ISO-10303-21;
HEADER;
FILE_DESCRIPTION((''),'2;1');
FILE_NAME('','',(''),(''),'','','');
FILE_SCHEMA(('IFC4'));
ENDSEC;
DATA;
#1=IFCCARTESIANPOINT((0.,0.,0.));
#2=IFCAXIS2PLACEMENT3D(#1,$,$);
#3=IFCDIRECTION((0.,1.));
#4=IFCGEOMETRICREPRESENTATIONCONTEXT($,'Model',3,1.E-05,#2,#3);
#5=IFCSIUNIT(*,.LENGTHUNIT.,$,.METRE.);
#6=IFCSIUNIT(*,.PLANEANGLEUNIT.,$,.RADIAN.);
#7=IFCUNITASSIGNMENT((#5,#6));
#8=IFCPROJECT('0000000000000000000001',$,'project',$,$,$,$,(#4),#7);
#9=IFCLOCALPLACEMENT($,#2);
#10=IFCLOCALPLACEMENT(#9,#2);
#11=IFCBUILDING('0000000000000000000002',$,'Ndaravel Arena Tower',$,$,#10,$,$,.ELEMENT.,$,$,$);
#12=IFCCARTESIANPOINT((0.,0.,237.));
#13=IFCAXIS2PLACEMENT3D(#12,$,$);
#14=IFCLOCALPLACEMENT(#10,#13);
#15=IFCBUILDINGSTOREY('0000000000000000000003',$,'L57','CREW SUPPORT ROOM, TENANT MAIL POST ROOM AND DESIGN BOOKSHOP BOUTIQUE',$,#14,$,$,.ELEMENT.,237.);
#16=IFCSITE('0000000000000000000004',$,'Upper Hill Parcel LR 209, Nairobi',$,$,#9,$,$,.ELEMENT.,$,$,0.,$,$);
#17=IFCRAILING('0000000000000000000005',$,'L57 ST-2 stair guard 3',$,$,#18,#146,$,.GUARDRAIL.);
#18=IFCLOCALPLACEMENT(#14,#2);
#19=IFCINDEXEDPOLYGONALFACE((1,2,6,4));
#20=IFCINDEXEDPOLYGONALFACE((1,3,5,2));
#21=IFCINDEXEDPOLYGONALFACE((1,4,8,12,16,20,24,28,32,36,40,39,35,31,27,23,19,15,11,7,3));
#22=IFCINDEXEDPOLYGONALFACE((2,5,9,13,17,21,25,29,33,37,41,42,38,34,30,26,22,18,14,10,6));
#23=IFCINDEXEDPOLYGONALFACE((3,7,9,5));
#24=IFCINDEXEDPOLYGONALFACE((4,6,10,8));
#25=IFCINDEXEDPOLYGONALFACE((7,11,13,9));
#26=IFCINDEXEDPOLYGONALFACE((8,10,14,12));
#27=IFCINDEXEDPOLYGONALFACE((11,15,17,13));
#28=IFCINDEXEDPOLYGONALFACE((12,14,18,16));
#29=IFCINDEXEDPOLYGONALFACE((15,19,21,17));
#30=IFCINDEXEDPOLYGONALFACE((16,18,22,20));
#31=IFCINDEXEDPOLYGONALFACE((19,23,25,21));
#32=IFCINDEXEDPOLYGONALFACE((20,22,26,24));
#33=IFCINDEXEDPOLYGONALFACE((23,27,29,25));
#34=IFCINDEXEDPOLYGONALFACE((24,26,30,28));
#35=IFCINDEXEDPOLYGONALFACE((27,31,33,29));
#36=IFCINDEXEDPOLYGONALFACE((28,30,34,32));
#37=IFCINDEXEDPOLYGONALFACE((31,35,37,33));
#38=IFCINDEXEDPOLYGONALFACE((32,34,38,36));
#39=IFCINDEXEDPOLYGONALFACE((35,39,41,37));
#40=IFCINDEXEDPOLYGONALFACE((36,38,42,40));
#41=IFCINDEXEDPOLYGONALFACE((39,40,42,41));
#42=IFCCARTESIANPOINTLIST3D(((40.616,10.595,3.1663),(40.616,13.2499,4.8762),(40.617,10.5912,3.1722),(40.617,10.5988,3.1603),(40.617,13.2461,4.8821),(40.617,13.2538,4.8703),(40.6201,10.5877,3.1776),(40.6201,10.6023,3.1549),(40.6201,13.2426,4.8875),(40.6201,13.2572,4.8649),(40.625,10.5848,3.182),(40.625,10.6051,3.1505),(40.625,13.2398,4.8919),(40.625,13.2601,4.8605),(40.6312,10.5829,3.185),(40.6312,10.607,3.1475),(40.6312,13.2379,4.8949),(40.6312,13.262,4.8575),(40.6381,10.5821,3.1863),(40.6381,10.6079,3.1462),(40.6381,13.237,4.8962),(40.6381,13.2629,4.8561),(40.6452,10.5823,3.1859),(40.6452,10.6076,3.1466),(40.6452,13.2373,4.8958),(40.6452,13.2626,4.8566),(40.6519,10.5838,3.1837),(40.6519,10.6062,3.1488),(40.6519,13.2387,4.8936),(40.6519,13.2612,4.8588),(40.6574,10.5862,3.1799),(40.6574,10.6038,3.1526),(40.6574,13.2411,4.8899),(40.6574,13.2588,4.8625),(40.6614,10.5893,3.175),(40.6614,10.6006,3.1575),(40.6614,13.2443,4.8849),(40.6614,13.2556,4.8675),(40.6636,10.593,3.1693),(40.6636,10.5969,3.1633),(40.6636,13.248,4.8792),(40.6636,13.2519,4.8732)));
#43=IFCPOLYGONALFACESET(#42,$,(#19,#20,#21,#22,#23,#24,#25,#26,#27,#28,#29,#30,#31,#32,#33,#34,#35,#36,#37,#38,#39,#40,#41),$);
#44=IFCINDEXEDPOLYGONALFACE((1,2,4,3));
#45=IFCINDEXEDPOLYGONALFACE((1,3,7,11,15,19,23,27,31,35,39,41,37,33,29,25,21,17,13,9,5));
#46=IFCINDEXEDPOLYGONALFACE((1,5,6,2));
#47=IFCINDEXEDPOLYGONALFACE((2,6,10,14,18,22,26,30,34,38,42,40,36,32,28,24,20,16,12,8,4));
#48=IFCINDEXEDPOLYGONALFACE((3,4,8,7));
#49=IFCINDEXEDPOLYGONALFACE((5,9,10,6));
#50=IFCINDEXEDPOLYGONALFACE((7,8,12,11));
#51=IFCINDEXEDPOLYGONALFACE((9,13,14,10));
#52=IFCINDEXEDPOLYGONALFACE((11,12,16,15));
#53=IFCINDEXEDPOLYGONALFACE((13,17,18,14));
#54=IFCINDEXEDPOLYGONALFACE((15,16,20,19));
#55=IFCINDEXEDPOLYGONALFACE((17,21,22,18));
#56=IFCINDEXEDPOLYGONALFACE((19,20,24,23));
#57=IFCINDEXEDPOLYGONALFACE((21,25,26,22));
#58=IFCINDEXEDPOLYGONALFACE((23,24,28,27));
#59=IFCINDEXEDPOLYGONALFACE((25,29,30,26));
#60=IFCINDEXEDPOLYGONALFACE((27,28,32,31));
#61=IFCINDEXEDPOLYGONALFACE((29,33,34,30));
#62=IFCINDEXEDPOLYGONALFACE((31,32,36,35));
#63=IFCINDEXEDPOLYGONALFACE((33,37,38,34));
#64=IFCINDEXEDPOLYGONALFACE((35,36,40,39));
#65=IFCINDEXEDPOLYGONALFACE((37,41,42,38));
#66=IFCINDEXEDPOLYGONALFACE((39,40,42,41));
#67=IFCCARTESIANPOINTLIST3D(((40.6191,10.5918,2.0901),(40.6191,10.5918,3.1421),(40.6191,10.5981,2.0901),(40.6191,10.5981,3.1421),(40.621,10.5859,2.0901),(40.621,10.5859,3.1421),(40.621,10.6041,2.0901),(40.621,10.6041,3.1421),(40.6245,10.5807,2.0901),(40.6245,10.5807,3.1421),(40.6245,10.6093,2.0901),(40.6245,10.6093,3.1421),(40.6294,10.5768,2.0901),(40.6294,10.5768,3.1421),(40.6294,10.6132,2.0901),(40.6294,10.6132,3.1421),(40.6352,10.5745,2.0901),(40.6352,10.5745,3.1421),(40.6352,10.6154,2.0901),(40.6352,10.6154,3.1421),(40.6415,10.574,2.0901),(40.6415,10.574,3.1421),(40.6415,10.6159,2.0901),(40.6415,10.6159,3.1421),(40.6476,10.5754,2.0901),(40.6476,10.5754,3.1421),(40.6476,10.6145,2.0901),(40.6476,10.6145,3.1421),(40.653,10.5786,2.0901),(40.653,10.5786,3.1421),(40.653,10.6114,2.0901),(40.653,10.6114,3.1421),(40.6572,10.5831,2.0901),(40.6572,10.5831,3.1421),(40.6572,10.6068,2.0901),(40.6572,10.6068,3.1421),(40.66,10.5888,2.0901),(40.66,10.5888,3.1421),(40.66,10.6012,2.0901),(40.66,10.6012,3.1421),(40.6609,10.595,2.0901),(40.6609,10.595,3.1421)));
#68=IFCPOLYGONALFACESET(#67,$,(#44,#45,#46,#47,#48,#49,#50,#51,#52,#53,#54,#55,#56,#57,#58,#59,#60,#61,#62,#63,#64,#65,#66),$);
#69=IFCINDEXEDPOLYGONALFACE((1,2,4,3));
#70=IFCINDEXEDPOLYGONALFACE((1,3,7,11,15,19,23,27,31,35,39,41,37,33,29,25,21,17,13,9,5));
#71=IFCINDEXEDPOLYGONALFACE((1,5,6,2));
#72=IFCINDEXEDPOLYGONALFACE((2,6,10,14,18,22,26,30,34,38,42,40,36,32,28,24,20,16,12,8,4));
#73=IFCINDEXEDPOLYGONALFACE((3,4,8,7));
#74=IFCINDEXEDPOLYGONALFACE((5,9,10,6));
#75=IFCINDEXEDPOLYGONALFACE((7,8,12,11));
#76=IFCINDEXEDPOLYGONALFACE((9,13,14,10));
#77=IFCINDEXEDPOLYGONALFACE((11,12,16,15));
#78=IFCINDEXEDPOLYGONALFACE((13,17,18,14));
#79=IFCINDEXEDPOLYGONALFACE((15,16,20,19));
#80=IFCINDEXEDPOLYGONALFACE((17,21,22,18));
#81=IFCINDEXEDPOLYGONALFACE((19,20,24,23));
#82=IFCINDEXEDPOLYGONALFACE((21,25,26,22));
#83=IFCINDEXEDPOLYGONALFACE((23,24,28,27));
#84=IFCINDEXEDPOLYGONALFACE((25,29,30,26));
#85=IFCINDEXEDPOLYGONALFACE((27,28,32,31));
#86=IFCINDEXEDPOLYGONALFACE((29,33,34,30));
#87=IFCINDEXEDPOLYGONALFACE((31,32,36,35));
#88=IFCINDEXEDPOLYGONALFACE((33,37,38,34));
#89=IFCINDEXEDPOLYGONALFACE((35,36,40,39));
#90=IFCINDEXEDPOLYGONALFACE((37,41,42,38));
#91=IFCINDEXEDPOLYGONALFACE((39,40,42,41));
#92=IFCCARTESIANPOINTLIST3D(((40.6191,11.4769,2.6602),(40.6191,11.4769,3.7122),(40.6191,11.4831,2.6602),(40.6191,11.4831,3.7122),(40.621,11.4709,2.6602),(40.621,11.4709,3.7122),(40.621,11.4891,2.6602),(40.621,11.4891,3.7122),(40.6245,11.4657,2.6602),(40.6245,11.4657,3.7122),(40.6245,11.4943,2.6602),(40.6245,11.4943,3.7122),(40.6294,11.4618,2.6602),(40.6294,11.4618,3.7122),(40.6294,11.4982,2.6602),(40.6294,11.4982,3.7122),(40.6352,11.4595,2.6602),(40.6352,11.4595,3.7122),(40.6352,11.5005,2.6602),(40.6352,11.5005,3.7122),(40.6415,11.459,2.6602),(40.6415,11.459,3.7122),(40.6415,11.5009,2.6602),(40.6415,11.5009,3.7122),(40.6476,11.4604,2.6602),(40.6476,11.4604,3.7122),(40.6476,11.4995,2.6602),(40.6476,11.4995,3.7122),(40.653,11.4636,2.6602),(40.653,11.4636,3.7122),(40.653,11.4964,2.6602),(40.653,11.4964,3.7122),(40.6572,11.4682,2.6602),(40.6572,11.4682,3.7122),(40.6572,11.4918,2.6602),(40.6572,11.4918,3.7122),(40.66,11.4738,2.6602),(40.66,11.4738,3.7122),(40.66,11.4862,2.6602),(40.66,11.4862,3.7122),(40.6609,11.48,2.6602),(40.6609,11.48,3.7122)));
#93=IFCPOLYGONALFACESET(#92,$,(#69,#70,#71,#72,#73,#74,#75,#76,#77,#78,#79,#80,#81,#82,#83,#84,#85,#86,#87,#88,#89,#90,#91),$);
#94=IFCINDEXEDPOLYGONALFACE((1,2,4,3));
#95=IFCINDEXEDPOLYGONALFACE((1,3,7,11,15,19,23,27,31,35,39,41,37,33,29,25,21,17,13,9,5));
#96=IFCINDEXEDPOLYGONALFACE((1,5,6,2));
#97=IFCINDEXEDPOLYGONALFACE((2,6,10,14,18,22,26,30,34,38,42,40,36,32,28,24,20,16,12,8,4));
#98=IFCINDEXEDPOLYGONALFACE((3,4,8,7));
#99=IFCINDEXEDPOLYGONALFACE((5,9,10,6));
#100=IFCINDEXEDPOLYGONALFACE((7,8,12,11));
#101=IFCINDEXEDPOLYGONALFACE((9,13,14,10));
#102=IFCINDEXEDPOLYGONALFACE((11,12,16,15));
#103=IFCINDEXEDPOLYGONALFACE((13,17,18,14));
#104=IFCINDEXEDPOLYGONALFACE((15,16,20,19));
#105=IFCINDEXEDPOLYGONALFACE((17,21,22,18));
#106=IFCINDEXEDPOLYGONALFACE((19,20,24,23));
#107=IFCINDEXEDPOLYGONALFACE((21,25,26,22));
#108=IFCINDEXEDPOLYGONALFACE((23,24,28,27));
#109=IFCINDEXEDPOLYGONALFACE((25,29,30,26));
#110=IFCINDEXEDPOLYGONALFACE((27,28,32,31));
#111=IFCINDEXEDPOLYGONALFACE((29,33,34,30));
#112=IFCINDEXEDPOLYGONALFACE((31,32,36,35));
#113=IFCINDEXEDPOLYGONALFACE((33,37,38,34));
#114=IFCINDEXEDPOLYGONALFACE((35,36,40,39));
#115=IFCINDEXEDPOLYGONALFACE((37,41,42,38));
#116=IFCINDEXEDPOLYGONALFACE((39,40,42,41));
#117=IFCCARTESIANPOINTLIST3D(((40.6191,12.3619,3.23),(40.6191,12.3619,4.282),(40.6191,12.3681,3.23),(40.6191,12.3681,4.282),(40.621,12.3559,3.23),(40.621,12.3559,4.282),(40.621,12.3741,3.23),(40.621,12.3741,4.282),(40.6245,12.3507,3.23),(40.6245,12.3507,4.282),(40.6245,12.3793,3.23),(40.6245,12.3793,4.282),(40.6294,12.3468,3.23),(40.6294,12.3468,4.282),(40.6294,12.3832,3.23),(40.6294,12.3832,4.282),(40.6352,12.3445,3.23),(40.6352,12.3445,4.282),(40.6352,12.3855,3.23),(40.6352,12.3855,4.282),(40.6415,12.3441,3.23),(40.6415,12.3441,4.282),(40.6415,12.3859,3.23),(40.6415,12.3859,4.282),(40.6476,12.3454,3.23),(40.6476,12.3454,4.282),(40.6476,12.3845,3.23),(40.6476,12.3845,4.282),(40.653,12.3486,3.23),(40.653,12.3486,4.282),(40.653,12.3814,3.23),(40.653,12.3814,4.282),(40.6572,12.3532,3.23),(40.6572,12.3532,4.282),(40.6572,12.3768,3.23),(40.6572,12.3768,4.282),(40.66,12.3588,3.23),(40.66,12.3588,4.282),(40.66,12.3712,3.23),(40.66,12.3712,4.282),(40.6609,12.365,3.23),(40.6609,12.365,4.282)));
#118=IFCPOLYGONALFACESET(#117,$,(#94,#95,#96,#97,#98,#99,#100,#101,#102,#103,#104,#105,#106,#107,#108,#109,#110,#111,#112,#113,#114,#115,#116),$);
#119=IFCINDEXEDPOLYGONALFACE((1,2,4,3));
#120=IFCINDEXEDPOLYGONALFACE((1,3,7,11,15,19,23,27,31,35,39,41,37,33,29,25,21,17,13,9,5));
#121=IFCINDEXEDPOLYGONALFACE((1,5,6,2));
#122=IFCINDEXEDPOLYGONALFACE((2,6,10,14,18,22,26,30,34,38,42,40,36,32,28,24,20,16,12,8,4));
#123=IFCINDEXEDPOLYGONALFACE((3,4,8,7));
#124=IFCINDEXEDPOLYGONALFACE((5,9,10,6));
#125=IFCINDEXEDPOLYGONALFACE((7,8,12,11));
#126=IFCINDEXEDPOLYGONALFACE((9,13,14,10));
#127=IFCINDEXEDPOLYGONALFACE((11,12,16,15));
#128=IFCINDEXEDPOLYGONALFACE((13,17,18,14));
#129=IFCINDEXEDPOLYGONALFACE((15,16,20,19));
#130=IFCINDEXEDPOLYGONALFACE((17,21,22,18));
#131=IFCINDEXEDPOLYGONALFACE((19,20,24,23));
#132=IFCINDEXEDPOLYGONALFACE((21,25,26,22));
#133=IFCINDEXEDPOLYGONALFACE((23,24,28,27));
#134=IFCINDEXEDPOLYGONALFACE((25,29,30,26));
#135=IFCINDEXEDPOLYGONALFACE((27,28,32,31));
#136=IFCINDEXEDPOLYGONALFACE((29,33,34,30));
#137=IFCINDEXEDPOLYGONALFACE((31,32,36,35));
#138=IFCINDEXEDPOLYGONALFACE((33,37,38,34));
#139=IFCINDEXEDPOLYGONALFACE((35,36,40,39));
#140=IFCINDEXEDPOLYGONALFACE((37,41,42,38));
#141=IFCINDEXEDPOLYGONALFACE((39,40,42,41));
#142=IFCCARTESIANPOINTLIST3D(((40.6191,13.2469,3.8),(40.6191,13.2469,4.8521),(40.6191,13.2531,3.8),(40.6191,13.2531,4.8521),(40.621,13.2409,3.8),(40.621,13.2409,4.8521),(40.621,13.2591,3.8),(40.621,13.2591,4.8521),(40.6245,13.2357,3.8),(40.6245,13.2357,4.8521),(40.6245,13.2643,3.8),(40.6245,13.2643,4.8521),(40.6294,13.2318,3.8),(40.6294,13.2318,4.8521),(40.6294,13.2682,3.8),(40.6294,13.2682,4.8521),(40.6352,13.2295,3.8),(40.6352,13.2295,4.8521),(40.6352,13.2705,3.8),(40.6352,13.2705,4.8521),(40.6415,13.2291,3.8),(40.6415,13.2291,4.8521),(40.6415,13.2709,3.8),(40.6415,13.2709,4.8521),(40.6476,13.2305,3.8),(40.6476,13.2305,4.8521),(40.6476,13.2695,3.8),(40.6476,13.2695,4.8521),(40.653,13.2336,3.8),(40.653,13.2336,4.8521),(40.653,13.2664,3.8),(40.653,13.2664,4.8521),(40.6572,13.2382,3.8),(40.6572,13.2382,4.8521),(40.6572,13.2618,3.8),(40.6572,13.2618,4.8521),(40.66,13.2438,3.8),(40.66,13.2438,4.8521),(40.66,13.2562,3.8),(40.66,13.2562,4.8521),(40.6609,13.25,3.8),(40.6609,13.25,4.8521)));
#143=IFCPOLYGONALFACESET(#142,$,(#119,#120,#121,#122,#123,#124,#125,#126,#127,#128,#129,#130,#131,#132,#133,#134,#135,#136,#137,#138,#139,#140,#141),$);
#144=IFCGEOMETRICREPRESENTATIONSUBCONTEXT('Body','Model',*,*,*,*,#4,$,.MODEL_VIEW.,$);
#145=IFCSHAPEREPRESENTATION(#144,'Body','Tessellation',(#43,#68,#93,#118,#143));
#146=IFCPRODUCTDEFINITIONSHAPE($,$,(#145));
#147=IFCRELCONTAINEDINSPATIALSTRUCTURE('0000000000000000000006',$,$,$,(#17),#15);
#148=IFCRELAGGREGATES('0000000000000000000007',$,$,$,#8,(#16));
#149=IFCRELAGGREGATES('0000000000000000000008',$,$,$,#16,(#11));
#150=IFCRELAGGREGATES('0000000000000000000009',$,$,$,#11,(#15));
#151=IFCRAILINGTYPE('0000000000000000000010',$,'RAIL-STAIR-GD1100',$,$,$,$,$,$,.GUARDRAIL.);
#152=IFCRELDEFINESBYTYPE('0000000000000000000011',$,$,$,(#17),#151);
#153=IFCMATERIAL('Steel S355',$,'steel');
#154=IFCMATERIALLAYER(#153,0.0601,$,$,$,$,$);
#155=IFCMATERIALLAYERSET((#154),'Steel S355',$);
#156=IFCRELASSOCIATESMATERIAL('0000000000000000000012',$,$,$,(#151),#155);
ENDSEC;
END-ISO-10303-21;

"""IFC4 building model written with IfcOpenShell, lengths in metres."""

from ifc_helpers import new_model, si_unit, direction, frame, origin, origin_2d, place, context, subcontext, project, spatial, circle, extrude, material, layer, layer_set, type_object, element, save


model = new_model("IFC4")

# Units and contexts
model_context = context("Model", 3, precision=1e-05, world=origin(), true_north=direction((0.0, 1.0)))
body_context = subcontext(model_context, "Body", "Model", "MODEL_VIEW")
ifc_project = project(units=[si_unit("LENGTHUNIT", "METRE"), si_unit("PLANEANGLEUNIT", "RADIAN")], contexts=[model_context])

# Site, building, storey
site_placement = place(None, origin())
site = spatial("IfcSite", under=ifc_project, at=site_placement, Name="Upper Hill Parcel LR 209, Nairobi", CompositionType="ELEMENT", RefElevation=0.0)
building_placement = place(site_placement, origin())
building = spatial("IfcBuilding", under=site, at=building_placement, Name="Ndaravel Arena Tower", CompositionType="ELEMENT")
storey_placement = place(building_placement, frame((0.0, 0.0, 237.0)))
storey = spatial("IfcBuildingStorey", under=building, at=storey_placement, Name="L57", Description="CREW SUPPORT ROOM, TENANT MAIL POST ROOM AND DESIGN BOOKSHOP BOUTIQUE", CompositionType="ELEMENT", Elevation=237.0)

# Railing
ifc_material_1 = material(Name="Steel S355", Category="steel")
ifc_layer_1 = layer(ifc_material_1, 0.0601)
ifc_layer_set_1 = layer_set([ifc_layer_1], Name="Steel S355")
railing_type_1 = type_object("IfcRailingType", Name="RAIL-STAIR-GD1100", PredefinedType="GUARDRAIL", material=ifc_layer_set_1)
railing_1_placement = place(storey_placement, frame((40.6399, 10.595, 2.0901)))
element("IfcRailing", 1, at=railing_1_placement, inside=storey, type_object=railing_type_1, Name="L57 ST-2 stair guard 3", PredefinedType="GUARDRAIL", context=body_context, shape_type="SweptSolid", body=[
    extrude(circle(Radius=0.0239, at=origin_2d()), frame((0.0, 0.0, 1.0762), z_axis=(0.0, 0.840724, 0.541465), x_axis=(-1.0, 0.0, 0.0)), (0.0, 0.0, 1.0), 3.158),
    extrude(circle(Radius=0.021, at=origin_2d()), origin(), (0.0, 0.0, 1.0), 1.052),
    extrude(circle(Radius=0.021, at=origin_2d()), frame((0.0, 0.885, 0.5701)), (0.0, 0.0, 1.0), 1.052),
    extrude(circle(Radius=0.021, at=origin_2d()), frame((0.0, 1.77, 1.1399)), (0.0, 0.0, 1.0), 1.052),
    extrude(circle(Radius=0.021, at=origin_2d()), frame((0.0, 2.655, 1.71)), (0.0, 0.0, 1.0), 1.052),
])

save(model, "model.ifc")
